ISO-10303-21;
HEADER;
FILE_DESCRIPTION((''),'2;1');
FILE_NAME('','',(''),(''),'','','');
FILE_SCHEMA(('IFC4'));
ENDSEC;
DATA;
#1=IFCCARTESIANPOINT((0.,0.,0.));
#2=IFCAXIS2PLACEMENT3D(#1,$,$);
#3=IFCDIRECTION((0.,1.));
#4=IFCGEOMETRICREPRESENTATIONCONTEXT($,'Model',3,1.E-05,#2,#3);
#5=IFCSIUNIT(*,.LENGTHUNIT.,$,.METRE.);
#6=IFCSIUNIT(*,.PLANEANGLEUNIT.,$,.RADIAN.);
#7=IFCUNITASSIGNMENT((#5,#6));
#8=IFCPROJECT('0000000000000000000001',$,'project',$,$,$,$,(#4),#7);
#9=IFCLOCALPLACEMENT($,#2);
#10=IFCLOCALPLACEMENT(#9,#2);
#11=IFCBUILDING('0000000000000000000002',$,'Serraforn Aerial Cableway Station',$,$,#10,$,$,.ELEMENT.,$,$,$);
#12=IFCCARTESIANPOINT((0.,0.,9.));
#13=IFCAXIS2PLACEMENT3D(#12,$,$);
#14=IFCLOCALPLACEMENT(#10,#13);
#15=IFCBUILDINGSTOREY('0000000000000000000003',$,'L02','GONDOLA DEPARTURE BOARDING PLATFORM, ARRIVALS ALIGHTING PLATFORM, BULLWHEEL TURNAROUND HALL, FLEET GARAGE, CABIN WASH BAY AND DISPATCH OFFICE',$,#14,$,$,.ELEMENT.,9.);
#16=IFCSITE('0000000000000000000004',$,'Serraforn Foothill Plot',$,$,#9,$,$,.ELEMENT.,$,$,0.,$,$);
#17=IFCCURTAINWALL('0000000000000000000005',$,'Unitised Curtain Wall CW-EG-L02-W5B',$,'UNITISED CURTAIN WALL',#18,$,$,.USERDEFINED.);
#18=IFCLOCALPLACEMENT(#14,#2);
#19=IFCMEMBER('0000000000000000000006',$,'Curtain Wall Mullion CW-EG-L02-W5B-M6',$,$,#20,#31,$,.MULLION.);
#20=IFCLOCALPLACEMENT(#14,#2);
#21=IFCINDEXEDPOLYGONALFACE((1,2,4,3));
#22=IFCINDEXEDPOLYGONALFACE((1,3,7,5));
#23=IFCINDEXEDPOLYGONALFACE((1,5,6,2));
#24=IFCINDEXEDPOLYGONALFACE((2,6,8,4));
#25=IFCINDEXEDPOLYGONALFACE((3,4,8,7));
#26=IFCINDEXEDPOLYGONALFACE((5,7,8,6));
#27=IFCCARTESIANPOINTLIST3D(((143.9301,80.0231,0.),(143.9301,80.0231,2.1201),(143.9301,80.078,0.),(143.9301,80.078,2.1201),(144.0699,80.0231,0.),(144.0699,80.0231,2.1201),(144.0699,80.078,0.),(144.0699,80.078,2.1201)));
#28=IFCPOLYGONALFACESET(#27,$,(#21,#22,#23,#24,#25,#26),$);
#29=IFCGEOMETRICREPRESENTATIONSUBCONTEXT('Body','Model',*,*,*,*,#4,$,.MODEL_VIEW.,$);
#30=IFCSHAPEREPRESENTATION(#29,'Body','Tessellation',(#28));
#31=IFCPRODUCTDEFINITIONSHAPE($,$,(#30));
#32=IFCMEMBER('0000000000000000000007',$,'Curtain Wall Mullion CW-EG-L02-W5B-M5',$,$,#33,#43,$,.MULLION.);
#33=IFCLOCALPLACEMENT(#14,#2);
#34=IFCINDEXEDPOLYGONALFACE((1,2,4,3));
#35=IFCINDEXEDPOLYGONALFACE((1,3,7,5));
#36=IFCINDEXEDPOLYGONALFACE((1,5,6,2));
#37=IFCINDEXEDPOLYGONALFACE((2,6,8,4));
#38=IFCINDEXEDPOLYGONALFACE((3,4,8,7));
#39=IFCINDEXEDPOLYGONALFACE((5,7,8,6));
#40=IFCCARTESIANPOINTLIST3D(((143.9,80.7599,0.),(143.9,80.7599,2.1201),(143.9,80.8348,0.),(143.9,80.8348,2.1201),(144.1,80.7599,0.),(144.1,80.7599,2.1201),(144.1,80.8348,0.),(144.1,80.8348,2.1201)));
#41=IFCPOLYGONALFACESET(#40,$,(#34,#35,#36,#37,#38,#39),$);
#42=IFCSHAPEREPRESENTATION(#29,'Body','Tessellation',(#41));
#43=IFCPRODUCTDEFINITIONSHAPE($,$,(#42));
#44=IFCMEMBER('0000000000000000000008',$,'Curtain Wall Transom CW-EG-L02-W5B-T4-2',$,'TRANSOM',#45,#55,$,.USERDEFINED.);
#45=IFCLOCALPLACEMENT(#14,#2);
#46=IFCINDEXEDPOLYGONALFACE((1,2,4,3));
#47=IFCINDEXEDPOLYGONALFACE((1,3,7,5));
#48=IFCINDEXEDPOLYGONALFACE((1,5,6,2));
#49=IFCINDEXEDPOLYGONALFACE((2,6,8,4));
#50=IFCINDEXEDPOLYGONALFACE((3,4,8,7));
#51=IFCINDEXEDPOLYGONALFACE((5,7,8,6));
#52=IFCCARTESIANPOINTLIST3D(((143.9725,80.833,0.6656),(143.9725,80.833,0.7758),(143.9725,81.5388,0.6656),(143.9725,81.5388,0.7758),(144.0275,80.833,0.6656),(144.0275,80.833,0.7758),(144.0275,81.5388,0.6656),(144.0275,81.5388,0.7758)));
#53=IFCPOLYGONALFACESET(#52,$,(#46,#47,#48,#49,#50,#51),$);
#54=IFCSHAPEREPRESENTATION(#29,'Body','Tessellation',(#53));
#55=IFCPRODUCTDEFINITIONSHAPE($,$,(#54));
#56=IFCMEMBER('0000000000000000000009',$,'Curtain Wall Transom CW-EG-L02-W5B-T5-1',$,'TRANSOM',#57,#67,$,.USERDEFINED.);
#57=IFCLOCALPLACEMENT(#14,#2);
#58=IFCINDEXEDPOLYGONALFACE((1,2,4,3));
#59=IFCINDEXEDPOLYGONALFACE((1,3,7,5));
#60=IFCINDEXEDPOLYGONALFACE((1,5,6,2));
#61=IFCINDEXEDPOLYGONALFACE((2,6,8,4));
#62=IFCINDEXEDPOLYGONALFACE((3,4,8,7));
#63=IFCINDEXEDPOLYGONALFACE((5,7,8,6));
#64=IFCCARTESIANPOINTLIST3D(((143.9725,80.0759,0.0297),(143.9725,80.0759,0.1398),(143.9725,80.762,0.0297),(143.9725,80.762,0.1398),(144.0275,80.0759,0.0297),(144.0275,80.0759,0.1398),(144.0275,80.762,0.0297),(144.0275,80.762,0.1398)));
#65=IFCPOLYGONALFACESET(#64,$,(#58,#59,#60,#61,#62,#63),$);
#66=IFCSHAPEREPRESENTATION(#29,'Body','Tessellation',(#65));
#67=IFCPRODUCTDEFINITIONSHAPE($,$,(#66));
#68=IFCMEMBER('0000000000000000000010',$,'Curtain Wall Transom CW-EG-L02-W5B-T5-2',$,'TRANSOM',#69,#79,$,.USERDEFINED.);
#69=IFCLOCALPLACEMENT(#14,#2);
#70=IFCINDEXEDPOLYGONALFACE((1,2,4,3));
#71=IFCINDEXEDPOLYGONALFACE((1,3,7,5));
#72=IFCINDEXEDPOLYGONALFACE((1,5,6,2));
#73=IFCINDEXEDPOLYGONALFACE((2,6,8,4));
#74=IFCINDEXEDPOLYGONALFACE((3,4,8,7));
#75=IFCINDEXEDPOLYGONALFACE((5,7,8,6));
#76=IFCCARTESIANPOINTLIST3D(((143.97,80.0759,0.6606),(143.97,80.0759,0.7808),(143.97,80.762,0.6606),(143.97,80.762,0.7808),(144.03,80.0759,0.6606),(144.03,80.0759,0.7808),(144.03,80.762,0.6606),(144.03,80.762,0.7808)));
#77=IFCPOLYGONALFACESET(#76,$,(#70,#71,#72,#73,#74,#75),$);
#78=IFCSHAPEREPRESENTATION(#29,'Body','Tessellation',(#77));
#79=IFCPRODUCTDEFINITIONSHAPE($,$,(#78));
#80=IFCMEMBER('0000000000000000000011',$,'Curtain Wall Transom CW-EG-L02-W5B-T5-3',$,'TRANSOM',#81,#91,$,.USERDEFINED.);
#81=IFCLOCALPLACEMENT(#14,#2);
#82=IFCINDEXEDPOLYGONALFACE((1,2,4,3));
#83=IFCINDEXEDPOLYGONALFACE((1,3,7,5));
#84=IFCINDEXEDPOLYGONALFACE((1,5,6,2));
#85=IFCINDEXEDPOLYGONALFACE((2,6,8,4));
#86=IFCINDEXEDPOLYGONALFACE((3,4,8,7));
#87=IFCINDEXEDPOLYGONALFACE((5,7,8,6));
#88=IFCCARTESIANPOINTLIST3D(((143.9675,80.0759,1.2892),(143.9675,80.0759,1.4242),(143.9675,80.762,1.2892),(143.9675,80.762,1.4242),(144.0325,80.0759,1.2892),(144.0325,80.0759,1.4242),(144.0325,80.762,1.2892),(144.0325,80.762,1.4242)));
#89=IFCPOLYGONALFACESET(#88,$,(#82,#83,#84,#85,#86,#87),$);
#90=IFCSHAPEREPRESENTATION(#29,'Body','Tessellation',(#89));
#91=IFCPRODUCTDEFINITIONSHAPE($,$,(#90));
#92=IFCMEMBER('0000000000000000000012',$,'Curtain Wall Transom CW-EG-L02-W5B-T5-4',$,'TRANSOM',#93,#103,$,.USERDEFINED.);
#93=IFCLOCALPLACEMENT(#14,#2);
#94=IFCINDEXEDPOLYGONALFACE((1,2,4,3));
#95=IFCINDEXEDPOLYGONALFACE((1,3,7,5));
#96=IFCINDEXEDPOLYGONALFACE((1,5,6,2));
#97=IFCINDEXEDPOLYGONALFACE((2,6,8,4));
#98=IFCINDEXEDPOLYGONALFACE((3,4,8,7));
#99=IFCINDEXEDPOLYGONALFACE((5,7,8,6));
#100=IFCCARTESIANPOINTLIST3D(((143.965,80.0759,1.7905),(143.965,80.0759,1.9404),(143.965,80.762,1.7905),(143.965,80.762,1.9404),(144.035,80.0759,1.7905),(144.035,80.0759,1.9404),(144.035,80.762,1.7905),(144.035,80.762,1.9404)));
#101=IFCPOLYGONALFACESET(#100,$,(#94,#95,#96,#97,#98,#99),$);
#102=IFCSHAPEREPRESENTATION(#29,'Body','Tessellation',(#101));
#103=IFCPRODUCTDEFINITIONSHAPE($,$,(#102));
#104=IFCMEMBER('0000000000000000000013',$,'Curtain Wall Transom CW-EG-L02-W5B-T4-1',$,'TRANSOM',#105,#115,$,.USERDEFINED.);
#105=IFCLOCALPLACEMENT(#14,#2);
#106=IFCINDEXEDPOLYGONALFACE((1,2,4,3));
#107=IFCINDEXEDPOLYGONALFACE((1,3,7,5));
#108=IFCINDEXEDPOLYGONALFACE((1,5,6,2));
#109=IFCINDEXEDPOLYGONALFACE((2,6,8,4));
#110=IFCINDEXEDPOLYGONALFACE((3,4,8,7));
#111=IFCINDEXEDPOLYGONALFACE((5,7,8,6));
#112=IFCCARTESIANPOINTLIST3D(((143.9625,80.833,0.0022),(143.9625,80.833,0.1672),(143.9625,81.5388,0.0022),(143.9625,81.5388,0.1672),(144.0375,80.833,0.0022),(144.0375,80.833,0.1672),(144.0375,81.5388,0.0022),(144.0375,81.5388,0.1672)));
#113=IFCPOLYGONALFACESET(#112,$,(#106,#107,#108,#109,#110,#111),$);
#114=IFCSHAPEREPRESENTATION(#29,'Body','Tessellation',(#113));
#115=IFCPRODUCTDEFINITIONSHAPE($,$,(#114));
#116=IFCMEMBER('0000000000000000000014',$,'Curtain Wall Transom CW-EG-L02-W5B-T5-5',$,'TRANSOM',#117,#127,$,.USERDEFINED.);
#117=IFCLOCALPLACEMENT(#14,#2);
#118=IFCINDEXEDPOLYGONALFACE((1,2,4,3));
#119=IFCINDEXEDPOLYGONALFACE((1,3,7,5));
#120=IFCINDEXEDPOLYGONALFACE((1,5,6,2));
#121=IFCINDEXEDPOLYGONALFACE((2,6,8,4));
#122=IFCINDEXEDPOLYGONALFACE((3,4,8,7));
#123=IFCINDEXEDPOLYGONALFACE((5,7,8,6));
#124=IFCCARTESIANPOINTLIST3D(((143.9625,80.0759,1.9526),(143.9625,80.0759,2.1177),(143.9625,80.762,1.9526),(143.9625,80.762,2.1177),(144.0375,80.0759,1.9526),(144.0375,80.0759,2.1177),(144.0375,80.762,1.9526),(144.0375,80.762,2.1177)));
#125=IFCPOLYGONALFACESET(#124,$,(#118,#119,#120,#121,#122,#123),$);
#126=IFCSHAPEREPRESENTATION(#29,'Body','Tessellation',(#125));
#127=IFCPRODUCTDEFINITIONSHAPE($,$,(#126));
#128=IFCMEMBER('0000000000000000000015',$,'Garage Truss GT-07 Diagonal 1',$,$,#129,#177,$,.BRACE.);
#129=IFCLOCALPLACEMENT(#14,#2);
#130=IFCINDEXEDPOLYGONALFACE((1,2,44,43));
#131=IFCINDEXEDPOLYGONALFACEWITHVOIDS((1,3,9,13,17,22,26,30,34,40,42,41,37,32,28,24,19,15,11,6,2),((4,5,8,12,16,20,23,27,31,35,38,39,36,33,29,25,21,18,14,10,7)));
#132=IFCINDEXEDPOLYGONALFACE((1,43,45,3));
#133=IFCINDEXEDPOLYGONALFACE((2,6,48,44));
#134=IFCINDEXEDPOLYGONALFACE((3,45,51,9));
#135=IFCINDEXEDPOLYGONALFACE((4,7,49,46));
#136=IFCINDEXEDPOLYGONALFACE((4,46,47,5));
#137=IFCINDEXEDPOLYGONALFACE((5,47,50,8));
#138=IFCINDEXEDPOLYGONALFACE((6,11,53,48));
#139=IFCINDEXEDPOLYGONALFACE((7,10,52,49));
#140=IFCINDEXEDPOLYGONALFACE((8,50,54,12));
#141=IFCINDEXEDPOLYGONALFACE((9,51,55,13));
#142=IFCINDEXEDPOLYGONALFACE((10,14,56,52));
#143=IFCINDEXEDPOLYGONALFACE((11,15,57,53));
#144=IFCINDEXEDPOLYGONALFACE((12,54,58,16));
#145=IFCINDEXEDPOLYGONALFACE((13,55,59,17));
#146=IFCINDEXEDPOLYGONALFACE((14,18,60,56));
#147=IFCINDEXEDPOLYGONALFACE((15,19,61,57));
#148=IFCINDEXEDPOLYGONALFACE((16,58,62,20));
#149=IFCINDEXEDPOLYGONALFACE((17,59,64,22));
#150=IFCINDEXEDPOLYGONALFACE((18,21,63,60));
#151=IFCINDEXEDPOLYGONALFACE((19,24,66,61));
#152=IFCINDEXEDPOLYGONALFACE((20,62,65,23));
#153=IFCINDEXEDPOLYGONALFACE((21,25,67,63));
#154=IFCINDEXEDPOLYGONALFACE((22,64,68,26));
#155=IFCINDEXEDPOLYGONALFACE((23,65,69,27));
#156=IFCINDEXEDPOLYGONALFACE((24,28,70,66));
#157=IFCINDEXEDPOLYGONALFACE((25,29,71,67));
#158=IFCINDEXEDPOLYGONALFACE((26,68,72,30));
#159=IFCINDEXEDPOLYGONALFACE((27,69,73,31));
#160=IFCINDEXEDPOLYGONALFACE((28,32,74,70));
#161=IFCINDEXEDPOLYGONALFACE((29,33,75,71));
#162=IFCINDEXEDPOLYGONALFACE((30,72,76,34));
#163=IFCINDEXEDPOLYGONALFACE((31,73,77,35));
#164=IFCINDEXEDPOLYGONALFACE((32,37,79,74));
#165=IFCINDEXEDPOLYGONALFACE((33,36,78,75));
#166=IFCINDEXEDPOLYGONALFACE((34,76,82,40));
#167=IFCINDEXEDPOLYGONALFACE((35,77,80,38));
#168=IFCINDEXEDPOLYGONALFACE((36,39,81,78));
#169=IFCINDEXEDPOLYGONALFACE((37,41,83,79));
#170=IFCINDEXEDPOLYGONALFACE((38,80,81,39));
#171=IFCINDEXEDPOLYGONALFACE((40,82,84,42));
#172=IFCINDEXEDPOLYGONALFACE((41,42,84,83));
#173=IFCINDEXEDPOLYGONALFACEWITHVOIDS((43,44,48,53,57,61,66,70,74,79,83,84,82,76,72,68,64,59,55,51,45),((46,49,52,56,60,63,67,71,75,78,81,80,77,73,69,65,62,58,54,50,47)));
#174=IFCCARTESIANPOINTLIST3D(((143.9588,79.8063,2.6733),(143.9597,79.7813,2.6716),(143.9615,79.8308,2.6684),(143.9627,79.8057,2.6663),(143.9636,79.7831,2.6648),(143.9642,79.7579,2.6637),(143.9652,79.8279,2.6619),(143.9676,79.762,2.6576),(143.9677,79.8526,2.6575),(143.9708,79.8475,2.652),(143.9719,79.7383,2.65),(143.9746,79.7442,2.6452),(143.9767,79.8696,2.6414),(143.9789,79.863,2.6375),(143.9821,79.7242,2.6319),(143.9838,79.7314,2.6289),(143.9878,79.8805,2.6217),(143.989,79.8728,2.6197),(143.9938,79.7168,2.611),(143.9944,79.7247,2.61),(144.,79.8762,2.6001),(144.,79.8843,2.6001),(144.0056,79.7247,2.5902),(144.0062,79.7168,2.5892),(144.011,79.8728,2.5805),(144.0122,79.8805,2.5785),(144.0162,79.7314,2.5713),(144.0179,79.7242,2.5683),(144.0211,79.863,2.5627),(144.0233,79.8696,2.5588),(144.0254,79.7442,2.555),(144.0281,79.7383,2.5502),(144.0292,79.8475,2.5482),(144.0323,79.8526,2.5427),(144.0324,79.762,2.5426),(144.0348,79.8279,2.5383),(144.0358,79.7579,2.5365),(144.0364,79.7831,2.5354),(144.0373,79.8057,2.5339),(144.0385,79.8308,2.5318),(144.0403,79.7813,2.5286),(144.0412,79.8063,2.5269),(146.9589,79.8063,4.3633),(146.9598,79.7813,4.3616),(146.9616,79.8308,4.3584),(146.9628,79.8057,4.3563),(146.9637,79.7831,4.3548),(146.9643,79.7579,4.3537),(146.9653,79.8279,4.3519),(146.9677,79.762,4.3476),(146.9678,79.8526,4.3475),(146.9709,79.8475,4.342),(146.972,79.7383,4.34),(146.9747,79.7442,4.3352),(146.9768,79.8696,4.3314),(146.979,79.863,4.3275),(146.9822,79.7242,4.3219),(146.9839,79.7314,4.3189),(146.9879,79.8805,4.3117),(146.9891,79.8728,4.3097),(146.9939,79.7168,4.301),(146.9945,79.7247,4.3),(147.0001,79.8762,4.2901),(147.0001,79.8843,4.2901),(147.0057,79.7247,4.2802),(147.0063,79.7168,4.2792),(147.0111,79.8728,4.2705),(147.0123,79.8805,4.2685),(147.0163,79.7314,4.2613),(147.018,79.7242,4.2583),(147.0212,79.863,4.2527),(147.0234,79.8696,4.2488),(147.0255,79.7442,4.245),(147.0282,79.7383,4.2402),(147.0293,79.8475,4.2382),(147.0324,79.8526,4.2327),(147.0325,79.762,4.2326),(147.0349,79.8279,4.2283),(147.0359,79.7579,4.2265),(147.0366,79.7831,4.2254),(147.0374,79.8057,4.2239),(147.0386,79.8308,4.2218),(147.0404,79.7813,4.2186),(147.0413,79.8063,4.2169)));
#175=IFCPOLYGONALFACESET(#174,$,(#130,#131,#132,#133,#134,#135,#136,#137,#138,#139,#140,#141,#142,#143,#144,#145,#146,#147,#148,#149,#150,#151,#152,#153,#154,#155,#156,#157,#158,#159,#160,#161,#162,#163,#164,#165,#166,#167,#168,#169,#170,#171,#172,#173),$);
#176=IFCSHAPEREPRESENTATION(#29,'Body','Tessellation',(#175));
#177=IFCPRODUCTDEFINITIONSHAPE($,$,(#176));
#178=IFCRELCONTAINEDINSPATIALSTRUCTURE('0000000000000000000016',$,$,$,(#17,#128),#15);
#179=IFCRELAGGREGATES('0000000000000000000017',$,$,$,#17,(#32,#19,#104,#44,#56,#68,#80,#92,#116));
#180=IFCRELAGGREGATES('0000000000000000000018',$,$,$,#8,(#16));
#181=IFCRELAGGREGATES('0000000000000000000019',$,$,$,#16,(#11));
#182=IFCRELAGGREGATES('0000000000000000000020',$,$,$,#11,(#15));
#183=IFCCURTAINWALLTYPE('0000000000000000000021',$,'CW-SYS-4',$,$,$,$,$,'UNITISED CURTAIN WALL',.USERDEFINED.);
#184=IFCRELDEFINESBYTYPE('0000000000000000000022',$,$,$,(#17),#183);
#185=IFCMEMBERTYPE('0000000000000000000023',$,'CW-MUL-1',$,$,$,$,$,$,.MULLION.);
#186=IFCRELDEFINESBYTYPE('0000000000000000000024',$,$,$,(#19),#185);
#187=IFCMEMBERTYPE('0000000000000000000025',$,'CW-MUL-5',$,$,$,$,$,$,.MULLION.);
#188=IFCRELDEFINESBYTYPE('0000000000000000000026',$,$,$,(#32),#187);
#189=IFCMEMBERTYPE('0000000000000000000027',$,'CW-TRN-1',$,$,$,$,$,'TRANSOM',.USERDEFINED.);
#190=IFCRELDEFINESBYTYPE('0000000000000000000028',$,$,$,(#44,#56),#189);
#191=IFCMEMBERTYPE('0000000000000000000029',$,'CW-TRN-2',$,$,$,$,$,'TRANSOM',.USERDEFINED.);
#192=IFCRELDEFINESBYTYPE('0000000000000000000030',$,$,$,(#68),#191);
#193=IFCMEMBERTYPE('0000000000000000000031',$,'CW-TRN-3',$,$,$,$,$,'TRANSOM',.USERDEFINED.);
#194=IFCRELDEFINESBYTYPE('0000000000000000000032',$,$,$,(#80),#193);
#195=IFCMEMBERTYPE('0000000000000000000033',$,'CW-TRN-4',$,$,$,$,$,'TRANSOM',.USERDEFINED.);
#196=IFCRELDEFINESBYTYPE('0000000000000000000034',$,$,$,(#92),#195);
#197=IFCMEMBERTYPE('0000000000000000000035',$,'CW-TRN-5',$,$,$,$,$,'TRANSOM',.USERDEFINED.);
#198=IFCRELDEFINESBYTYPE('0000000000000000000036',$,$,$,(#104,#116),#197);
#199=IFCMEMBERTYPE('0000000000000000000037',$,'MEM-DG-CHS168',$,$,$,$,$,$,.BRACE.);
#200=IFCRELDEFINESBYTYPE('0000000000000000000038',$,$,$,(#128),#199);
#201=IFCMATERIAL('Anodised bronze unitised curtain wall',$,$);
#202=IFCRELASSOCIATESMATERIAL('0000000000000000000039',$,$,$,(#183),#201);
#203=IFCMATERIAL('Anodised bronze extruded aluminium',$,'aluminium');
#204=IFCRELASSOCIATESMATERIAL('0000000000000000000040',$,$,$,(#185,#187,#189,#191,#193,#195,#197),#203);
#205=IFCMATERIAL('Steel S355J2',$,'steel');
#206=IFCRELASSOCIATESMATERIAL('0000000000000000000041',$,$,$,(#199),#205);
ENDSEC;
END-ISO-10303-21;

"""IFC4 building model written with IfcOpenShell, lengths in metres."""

from ifc_helpers import new_model, si_unit, direction, frame, origin, origin_2d, place, context, subcontext, project, spatial, rectangle, hollow_circle, extrude, material, material_profile, profile_set, type_object, element, aggregate, save


model = new_model("IFC4")

# Units and contexts
model_context = context("Model", 3, precision=1e-05, world=origin(), true_north=direction((0.0, 1.0)))
body_context = subcontext(model_context, "Body", "Model", "MODEL_VIEW")
ifc_project = project(units=[si_unit("LENGTHUNIT", "METRE"), si_unit("PLANEANGLEUNIT", "RADIAN")], contexts=[model_context])

# Site, building, storey
site_placement = place(None, origin())
site = spatial("IfcSite", under=ifc_project, at=site_placement, Name="Serraforn Foothill Plot", CompositionType="ELEMENT", RefElevation=0.0)
building_placement = place(site_placement, origin())
building = spatial("IfcBuilding", under=site, at=building_placement, Name="Serraforn Aerial Cableway Station", CompositionType="ELEMENT")
storey_placement = place(building_placement, frame((0.0, 0.0, 9.0)))
storey = spatial("IfcBuildingStorey", under=building, at=storey_placement, Name="L02", Description="GONDOLA DEPARTURE BOARDING PLATFORM, ARRIVALS ALIGHTING PLATFORM, BULLWHEEL TURNAROUND HALL, FLEET GARAGE, CABIN WASH BAY AND DISPATCH OFFICE", CompositionType="ELEMENT", Elevation=9.0)

# Curtain wall, members
ifc_material_1 = material(Name="Anodised bronze unitised curtain wall")
curtain_wall_type = type_object("IfcCurtainWallType", Name="CW-SYS-4", ElementType="UNITISED CURTAIN WALL", PredefinedType="USERDEFINED", material=ifc_material_1)
curtain_wall_placement = place(storey_placement, origin())
curtain_wall = element("IfcCurtainWall", 1, at=curtain_wall_placement, inside=storey, type_object=curtain_wall_type, Name="Unitised Curtain Wall CW-EG-L02-W5B", ObjectType="UNITISED CURTAIN WALL", PredefinedType="USERDEFINED")
ifc_material_2 = material(Name="Anodised bronze extruded aluminium", Category="aluminium")
ifc_material_profile_1 = material_profile(ifc_material_2, rectangle(XDim=0.0549, YDim=0.1399, at=origin_2d()), Name="CW MULLION 55x140")
ifc_profile_set_1 = profile_set([ifc_material_profile_1], Name="Anodised bronze extruded aluminium")
member_type_1 = type_object("IfcMemberType", Name="CW-MUL-1", PredefinedType="MULLION", material=ifc_profile_set_1)
member_1_placement = place(storey_placement, frame((144.0, 80.0505, 0.0), z_axis=(0.0, 0.0, 1.0), x_axis=(0.0, -1.0, 0.0)))
member_1 = element("IfcMember", 2, at=member_1_placement, type_object=member_type_1, Name="Curtain Wall Mullion CW-EG-L02-W5B-M6", PredefinedType="MULLION", context=body_context, shape_type="SweptSolid", body=[
    extrude(rectangle(XDim=0.0549, YDim=0.1399, at=origin_2d()), origin(), (0.0, 0.0, 1.0), 2.1201),
])
ifc_material_profile_2 = material_profile(ifc_material_2, rectangle(XDim=0.075, YDim=0.2, at=origin_2d()), Name="CW MULLION 75x200")
ifc_profile_set_2 = profile_set([ifc_material_profile_2], Name="Anodised bronze extruded aluminium")
member_type_2 = type_object("IfcMemberType", Name="CW-MUL-5", PredefinedType="MULLION", material=ifc_profile_set_2)
member_2_placement = place(storey_placement, frame((144.0, 80.7974, 0.0), z_axis=(0.0, 0.0, 1.0), x_axis=(0.0, -1.0, 0.0)))
member_2 = element("IfcMember", 3, at=member_2_placement, type_object=member_type_2, Name="Curtain Wall Mullion CW-EG-L02-W5B-M5", PredefinedType="MULLION", context=body_context, shape_type="SweptSolid", body=[
    extrude(rectangle(XDim=0.075, YDim=0.2, at=origin_2d()), origin(), (0.0, 0.0, 1.0), 2.1201),
])
ifc_material_profile_3 = material_profile(ifc_material_2, rectangle(XDim=0.0549, YDim=0.1101, at=origin_2d()), Name="CW TRANSOM 55x110")
ifc_profile_set_3 = profile_set([ifc_material_profile_3], Name="Anodised bronze extruded aluminium")
member_type_3 = type_object("IfcMemberType", Name="CW-TRN-1", ElementType="TRANSOM", PredefinedType="USERDEFINED", material=ifc_profile_set_3)
member_3_placement = place(storey_placement, frame((144.0, 81.5388, 0.7207), z_axis=(0.0, -1.0, 0.0), x_axis=(1.0, 0.0, 0.0)))
member_3 = element("IfcMember", 4, at=member_3_placement, type_object=member_type_3, Name="Curtain Wall Transom CW-EG-L02-W5B-T4-2", ObjectType="TRANSOM", PredefinedType="USERDEFINED", context=body_context, shape_type="SweptSolid", body=[
    extrude(rectangle(XDim=0.0549, YDim=0.1101, at=origin_2d()), origin(), (0.0, 0.0, 1.0), 0.7058),
])
member_4_placement = place(storey_placement, frame((144.0, 80.762, 0.0847), z_axis=(0.0, -1.0, 0.0), x_axis=(1.0, 0.0, 0.0)))
member_4 = element("IfcMember", 5, at=member_4_placement, type_object=member_type_3, Name="Curtain Wall Transom CW-EG-L02-W5B-T5-1", ObjectType="TRANSOM", PredefinedType="USERDEFINED", context=body_context, shape_type="SweptSolid", body=[
    extrude(rectangle(XDim=0.0549, YDim=0.1101, at=origin_2d()), origin(), (0.0, 0.0, 1.0), 0.686),
])
ifc_material_profile_4 = material_profile(ifc_material_2, rectangle(XDim=0.0601, YDim=0.1201, at=origin_2d()), Name="CW TRANSOM 60x120")
ifc_profile_set_4 = profile_set([ifc_material_profile_4], Name="Anodised bronze extruded aluminium")
member_type_4 = type_object("IfcMemberType", Name="CW-TRN-2", ElementType="TRANSOM", PredefinedType="USERDEFINED", material=ifc_profile_set_4)
member_5_placement = place(storey_placement, frame((144.0, 80.762, 0.7207), z_axis=(0.0, -1.0, 0.0), x_axis=(1.0, 0.0, 0.0)))
member_5 = element("IfcMember", 6, at=member_5_placement, type_object=member_type_4, Name="Curtain Wall Transom CW-EG-L02-W5B-T5-2", ObjectType="TRANSOM", PredefinedType="USERDEFINED", context=body_context, shape_type="SweptSolid", body=[
    extrude(rectangle(XDim=0.0601, YDim=0.1201, at=origin_2d()), origin(), (0.0, 0.0, 1.0), 0.686),
])
ifc_material_profile_5 = material_profile(ifc_material_2, rectangle(XDim=0.0649, YDim=0.135, at=origin_2d()), Name="CW TRANSOM 65x135")
ifc_profile_set_5 = profile_set([ifc_material_profile_5], Name="Anodised bronze extruded aluminium")
member_type_5 = type_object("IfcMemberType", Name="CW-TRN-3", ElementType="TRANSOM", PredefinedType="USERDEFINED", material=ifc_profile_set_5)
member_6_placement = place(storey_placement, frame((144.0, 80.762, 1.3567), z_axis=(0.0, -1.0, 0.0), x_axis=(1.0, 0.0, 0.0)))
member_6 = element("IfcMember", 7, at=member_6_placement, type_object=member_type_5, Name="Curtain Wall Transom CW-EG-L02-W5B-T5-3", ObjectType="TRANSOM", PredefinedType="USERDEFINED", context=body_context, shape_type="SweptSolid", body=[
    extrude(rectangle(XDim=0.0649, YDim=0.135, at=origin_2d()), origin(), (0.0, 0.0, 1.0), 0.686),
])
ifc_material_profile_6 = material_profile(ifc_material_2, rectangle(XDim=0.0701, YDim=0.1499, at=origin_2d()), Name="CW TRANSOM 70x150")
ifc_profile_set_6 = profile_set([ifc_material_profile_6], Name="Anodised bronze extruded aluminium")
member_type_6 = type_object("IfcMemberType", Name="CW-TRN-4", ElementType="TRANSOM", PredefinedType="USERDEFINED", material=ifc_profile_set_6)
member_7_placement = place(storey_placement, frame((144.0, 80.762, 1.8655), z_axis=(0.0, -1.0, 0.0), x_axis=(1.0, 0.0, 0.0)))
member_7 = element("IfcMember", 8, at=member_7_placement, type_object=member_type_6, Name="Curtain Wall Transom CW-EG-L02-W5B-T5-4", ObjectType="TRANSOM", PredefinedType="USERDEFINED", context=body_context, shape_type="SweptSolid", body=[
    extrude(rectangle(XDim=0.0701, YDim=0.1499, at=origin_2d()), origin(), (0.0, 0.0, 1.0), 0.686),
])
ifc_material_profile_7 = material_profile(ifc_material_2, rectangle(XDim=0.075, YDim=0.165, at=origin_2d()), Name="CW TRANSOM 75x165")
ifc_profile_set_7 = profile_set([ifc_material_profile_7], Name="Anodised bronze extruded aluminium")
member_type_7 = type_object("IfcMemberType", Name="CW-TRN-5", ElementType="TRANSOM", PredefinedType="USERDEFINED", material=ifc_profile_set_7)
member_8_placement = place(storey_placement, frame((144.0, 81.5388, 0.0847), z_axis=(0.0, -1.0, 0.0), x_axis=(1.0, 0.0, 0.0)))
member_8 = element("IfcMember", 9, at=member_8_placement, type_object=member_type_7, Name="Curtain Wall Transom CW-EG-L02-W5B-T4-1", ObjectType="TRANSOM", PredefinedType="USERDEFINED", context=body_context, shape_type="SweptSolid", body=[
    extrude(rectangle(XDim=0.075, YDim=0.165, at=origin_2d()), origin(), (0.0, 0.0, 1.0), 0.7058),
])
member_9_placement = place(storey_placement, frame((144.0, 80.762, 2.0352), z_axis=(0.0, -1.0, 0.0), x_axis=(1.0, 0.0, 0.0)))
member_9 = element("IfcMember", 10, at=member_9_placement, type_object=member_type_7, Name="Curtain Wall Transom CW-EG-L02-W5B-T5-5", ObjectType="TRANSOM", PredefinedType="USERDEFINED", context=body_context, shape_type="SweptSolid", body=[
    extrude(rectangle(XDim=0.075, YDim=0.165, at=origin_2d()), origin(), (0.0, 0.0, 1.0), 0.686),
])

# Member
ifc_material_3 = material(Name="Steel S355J2", Category="steel")
ifc_material_profile_8 = material_profile(ifc_material_3, hollow_circle(Radius=0.0842, WallThickness=0.0081, at=origin_2d()), Name="CHS 168.3x8.0")
ifc_profile_set_8 = profile_set([ifc_material_profile_8], Name="Steel S355J2")
member_type_8 = type_object("IfcMemberType", Name="MEM-DG-CHS168", PredefinedType="BRACE", material=ifc_profile_set_8)
member_10_placement = place(storey_placement, frame((144.0, 79.8, 2.6001), z_axis=(0.871272, 0.0, 0.4908), x_axis=(0.0, 1.0, 0.0)))
element("IfcMember", 11, at=member_10_placement, inside=storey, type_object=member_type_8, Name="Garage Truss GT-07 Diagonal 1", PredefinedType="BRACE", context=body_context, shape_type="SweptSolid", body=[
    extrude(hollow_circle(Radius=0.0842, WallThickness=0.0081, at=origin_2d()), origin(), (0.0, 0.0, 1.0), 3.4434),
])

aggregate(curtain_wall, [member_2, member_1, member_8, member_3, member_4, member_5, member_6, member_7, member_9])

save(model, "model.ifc")
